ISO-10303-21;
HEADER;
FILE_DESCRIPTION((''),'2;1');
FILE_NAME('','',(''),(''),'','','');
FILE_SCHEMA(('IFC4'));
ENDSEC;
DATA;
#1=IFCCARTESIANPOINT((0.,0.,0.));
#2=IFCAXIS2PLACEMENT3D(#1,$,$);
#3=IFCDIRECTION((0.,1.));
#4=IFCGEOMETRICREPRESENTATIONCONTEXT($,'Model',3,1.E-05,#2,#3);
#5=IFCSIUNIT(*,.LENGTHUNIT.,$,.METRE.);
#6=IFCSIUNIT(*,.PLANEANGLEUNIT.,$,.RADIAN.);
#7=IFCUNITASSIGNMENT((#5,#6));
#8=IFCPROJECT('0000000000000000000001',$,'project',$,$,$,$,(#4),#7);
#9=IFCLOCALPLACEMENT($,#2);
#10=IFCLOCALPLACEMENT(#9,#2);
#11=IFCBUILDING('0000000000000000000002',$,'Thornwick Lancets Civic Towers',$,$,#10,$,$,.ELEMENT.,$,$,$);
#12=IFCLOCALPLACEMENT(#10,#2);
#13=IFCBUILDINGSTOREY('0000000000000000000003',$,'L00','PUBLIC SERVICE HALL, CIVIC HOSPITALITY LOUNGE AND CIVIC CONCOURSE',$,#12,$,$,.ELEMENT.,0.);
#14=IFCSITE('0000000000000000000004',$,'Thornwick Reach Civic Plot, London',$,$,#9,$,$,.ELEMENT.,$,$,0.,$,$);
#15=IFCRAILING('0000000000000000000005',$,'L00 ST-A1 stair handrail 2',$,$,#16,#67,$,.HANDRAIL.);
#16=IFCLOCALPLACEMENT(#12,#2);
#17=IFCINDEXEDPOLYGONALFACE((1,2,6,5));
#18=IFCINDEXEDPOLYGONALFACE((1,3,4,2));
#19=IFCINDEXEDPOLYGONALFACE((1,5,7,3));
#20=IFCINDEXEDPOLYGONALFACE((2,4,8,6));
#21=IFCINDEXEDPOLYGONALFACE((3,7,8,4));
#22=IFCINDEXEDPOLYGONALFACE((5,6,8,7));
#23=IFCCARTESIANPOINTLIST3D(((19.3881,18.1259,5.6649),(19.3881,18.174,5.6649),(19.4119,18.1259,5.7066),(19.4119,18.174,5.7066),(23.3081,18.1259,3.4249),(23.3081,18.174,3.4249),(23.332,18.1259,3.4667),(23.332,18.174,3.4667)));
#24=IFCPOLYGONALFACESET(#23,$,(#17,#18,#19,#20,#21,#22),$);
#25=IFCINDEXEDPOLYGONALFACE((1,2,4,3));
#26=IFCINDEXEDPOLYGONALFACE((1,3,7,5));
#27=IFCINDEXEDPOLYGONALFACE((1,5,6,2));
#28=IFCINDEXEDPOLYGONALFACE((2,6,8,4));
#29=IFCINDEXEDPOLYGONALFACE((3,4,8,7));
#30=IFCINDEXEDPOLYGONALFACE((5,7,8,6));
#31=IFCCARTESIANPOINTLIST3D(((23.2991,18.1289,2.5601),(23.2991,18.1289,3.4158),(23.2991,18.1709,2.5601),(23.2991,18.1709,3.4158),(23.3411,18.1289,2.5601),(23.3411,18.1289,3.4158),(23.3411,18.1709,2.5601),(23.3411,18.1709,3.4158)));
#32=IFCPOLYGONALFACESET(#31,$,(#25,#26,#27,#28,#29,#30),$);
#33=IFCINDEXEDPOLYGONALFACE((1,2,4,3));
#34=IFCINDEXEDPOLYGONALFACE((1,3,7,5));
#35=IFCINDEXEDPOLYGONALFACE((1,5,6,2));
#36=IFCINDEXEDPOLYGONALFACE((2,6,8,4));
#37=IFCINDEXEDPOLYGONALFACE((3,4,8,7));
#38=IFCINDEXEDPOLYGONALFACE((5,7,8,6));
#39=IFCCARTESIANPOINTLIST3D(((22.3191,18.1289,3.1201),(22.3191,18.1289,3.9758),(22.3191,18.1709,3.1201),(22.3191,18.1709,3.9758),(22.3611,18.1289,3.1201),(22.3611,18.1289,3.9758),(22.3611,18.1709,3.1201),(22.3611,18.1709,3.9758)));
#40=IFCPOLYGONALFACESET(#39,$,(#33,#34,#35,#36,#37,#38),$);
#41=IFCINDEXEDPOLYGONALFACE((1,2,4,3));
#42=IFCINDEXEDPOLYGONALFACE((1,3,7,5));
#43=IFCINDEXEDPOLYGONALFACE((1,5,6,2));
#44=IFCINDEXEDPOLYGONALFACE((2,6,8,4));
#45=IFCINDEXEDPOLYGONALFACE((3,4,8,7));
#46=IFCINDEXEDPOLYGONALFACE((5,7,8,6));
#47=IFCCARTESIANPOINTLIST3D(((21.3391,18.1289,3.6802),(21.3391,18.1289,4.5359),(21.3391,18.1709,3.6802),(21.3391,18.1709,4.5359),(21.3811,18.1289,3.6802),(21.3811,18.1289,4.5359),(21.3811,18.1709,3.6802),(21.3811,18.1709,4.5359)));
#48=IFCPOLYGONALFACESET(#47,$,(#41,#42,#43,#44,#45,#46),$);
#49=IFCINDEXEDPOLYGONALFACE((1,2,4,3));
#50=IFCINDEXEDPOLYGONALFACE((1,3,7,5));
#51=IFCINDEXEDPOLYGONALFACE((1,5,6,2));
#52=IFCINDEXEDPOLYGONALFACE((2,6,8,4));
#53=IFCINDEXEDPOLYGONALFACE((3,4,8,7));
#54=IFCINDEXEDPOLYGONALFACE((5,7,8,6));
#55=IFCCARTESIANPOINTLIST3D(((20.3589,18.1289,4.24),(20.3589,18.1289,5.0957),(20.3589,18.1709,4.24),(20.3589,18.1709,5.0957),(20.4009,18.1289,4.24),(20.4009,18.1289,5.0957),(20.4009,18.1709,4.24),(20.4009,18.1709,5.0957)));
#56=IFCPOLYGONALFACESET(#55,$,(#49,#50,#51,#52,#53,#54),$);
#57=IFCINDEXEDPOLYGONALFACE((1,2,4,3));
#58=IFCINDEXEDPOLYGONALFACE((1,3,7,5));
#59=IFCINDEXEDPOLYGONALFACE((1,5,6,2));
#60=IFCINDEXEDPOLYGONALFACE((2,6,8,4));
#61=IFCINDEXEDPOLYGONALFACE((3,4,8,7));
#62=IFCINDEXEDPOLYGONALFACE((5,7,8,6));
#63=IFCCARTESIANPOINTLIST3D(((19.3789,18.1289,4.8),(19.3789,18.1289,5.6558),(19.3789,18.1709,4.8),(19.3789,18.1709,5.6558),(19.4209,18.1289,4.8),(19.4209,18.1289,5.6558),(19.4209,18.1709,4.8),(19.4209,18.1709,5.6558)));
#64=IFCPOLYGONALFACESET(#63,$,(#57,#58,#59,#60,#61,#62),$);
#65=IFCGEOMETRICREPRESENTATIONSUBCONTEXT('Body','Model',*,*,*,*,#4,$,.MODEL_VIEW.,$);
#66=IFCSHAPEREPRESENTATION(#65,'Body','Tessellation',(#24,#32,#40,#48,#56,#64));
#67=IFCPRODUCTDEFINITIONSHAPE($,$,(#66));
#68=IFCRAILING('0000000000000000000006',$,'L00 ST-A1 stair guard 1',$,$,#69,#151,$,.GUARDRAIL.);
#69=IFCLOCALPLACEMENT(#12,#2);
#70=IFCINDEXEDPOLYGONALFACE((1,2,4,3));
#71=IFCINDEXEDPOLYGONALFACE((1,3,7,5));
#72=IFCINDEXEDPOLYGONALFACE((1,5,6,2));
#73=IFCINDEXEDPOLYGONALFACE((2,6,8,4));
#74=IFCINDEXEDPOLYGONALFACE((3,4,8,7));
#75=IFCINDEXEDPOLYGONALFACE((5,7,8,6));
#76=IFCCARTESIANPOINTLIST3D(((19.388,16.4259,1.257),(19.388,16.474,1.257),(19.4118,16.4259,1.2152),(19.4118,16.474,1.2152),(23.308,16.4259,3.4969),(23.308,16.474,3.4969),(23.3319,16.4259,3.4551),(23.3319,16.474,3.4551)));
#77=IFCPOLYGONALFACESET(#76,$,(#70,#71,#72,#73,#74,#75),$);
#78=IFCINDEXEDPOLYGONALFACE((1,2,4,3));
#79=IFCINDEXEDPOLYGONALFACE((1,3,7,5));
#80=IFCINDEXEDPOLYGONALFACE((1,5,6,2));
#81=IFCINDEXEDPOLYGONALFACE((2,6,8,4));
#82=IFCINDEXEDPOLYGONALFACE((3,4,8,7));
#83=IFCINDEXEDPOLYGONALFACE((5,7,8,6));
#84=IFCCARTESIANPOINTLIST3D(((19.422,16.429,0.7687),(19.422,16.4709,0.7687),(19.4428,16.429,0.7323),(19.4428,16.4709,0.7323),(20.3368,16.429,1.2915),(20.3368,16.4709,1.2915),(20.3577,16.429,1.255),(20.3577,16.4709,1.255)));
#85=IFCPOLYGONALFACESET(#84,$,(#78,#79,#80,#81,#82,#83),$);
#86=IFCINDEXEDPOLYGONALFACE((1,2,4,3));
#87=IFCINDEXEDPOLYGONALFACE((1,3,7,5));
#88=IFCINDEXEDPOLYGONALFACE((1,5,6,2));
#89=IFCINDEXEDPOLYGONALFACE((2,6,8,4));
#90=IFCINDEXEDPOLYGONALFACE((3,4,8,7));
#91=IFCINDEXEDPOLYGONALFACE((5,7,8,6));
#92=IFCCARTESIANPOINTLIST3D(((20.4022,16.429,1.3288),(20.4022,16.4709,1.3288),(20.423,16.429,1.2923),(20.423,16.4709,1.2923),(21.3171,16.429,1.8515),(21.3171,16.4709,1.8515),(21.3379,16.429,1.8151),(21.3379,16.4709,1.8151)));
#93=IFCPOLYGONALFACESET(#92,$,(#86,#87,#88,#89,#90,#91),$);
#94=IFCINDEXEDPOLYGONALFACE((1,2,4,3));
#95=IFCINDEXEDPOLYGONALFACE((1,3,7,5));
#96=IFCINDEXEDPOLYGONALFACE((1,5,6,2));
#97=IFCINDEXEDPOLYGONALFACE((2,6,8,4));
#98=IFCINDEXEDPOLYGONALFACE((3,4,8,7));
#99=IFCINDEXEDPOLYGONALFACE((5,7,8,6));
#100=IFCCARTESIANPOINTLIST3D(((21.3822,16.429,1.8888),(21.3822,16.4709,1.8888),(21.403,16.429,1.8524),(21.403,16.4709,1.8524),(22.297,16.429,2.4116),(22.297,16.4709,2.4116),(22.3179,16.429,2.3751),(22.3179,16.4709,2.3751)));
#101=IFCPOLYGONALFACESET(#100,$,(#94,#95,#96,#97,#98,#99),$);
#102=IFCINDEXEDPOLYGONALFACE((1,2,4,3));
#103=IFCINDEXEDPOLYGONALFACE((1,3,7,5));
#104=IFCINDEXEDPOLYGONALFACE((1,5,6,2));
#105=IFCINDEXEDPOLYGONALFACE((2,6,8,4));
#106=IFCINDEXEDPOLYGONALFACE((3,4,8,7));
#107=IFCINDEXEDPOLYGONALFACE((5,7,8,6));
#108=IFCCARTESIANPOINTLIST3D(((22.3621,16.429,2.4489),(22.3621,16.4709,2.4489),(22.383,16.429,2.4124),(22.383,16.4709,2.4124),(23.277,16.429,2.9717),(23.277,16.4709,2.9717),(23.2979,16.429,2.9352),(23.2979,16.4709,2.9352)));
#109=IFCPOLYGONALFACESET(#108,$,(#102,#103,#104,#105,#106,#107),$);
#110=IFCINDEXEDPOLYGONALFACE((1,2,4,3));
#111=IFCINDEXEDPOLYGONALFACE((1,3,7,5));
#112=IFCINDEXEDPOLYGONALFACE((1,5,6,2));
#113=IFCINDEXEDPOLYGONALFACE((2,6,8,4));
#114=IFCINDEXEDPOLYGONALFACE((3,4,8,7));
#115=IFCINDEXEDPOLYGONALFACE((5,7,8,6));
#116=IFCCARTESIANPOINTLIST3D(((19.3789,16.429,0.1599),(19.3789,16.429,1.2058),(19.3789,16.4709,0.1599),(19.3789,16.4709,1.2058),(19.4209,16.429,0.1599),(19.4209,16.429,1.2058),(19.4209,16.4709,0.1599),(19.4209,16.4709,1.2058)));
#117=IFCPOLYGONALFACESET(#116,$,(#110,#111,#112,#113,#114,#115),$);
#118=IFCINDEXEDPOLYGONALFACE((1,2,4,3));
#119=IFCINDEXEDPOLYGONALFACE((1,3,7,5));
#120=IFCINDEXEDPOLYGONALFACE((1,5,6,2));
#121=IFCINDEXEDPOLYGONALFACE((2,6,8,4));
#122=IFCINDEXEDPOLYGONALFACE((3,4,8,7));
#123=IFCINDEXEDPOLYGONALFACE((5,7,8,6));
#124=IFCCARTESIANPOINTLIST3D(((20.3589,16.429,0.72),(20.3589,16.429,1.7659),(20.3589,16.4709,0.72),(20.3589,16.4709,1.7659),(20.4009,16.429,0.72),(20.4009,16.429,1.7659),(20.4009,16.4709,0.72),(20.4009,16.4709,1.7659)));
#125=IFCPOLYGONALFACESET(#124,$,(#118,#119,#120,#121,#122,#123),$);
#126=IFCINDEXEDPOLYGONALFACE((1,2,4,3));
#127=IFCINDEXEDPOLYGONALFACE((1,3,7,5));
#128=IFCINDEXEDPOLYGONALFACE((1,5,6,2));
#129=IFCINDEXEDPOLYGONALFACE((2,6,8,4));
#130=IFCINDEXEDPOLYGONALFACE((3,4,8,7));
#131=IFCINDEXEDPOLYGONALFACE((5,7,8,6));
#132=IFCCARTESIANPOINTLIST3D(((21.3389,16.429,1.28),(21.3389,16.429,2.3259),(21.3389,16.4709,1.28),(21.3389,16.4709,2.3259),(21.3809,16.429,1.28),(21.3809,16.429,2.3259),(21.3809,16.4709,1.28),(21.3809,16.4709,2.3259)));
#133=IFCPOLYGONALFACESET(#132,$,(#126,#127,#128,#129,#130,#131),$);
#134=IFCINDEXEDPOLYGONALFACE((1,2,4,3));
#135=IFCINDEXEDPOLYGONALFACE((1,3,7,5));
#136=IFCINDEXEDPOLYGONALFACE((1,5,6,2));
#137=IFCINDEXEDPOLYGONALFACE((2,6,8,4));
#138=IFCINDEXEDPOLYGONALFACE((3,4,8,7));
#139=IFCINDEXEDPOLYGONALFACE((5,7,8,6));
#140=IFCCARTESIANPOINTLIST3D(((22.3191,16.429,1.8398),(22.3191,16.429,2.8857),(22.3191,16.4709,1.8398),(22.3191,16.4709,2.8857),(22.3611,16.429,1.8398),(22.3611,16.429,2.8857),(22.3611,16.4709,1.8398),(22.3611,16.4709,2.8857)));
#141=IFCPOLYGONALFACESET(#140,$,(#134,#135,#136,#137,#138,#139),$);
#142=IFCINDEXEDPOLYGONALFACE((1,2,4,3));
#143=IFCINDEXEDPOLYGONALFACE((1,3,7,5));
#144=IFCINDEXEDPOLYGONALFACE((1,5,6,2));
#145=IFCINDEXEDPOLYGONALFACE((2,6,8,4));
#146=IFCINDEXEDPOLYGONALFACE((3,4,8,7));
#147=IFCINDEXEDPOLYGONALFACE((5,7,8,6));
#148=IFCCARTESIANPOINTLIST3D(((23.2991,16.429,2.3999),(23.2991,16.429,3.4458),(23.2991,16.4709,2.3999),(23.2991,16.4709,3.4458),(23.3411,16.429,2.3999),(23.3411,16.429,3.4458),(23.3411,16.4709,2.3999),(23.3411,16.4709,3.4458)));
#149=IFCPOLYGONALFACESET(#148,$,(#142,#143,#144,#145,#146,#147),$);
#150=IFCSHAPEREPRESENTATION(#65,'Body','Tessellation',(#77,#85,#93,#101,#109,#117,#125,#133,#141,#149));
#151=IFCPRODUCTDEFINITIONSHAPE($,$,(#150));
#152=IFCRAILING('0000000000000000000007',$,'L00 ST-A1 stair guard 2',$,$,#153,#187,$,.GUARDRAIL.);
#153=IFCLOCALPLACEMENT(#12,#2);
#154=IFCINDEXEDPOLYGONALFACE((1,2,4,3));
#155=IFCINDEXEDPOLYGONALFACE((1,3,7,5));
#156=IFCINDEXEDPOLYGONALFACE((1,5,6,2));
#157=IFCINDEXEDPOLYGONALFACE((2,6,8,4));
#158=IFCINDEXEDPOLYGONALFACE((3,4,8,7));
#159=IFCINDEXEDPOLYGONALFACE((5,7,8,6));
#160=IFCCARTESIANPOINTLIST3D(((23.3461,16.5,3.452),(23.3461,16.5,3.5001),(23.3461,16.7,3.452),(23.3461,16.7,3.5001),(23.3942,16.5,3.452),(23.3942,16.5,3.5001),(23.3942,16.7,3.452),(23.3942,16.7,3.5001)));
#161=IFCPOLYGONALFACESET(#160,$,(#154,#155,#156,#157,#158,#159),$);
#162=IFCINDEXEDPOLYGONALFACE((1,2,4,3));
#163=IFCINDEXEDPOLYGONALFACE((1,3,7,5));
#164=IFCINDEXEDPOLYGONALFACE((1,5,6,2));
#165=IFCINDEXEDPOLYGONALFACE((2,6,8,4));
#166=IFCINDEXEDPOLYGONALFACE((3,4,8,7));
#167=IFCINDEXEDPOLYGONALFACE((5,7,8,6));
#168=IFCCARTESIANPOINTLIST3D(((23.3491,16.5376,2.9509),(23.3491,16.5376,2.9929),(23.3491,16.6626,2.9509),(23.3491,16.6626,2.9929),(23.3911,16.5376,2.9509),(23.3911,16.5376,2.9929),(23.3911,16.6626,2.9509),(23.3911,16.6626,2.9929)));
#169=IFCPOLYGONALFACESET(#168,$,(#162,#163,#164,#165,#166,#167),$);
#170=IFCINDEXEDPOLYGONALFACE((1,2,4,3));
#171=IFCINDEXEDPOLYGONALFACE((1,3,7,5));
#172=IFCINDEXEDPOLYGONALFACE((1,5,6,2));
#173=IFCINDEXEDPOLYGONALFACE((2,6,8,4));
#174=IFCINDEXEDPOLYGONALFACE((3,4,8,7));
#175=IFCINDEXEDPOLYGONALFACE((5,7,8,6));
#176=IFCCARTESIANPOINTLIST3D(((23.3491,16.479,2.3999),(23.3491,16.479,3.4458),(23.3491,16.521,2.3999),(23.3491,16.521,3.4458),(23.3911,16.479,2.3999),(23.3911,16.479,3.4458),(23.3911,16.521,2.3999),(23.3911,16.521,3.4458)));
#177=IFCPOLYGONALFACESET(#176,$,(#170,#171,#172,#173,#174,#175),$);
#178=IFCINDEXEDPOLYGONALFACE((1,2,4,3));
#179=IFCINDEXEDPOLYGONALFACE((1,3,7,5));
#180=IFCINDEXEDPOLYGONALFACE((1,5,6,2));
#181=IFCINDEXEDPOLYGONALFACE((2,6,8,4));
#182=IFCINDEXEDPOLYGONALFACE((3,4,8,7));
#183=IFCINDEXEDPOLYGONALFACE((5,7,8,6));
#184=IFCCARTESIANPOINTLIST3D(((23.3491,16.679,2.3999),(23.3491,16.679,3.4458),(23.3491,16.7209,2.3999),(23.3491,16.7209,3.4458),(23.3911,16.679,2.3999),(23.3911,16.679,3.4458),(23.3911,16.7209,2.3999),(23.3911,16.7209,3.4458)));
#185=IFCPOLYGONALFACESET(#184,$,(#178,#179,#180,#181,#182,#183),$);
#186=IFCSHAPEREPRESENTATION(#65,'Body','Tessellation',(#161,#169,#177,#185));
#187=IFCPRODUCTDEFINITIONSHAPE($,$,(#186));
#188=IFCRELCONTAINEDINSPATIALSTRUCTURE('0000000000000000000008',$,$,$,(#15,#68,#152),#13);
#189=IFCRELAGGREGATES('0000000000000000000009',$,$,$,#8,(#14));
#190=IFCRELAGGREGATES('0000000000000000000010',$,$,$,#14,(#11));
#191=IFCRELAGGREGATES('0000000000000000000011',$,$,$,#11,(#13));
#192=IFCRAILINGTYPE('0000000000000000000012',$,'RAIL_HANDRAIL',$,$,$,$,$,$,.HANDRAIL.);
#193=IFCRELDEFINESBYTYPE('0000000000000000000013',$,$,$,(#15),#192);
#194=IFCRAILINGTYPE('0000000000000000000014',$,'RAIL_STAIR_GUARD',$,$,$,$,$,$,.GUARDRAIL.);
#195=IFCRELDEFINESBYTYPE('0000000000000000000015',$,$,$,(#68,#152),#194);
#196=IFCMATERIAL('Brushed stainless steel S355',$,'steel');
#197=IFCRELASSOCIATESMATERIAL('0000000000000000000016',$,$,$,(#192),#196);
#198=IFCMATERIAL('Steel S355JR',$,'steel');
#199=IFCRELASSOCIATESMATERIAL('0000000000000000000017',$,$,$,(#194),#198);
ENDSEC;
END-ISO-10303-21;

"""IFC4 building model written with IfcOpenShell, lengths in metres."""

from ifc_helpers import new_model, si_unit, direction, frame, origin, origin_2d, place, context, subcontext, project, spatial, rectangle, extrude, material, type_object, element, save


model = new_model("IFC4")

# Units and contexts
model_context = context("Model", 3, precision=1e-05, world=origin(), true_north=direction((0.0, 1.0)))
body_context = subcontext(model_context, "Body", "Model", "MODEL_VIEW")
ifc_project = project(units=[si_unit("LENGTHUNIT", "METRE"), si_unit("PLANEANGLEUNIT", "RADIAN")], contexts=[model_context])

# Site, building, storey
site_placement = place(None, origin())
site = spatial("IfcSite", under=ifc_project, at=site_placement, Name="Thornwick Reach Civic Plot, London", CompositionType="ELEMENT", RefElevation=0.0)
building_placement = place(site_placement, origin())
building = spatial("IfcBuilding", under=site, at=building_placement, Name="Thornwick Lancets Civic Towers", CompositionType="ELEMENT")
storey_placement = place(building_placement, origin())
storey = spatial("IfcBuildingStorey", under=building, at=storey_placement, Name="L00", Description="PUBLIC SERVICE HALL, CIVIC HOSPITALITY LOUNGE AND CIVIC CONCOURSE", CompositionType="ELEMENT", Elevation=0.0)

# Shared definitions
ifc_material_1 = material(Name="Steel S355JR", Category="steel")

# Railings
ifc_material_2 = material(Name="Brushed stainless steel S355", Category="steel")
railing_type_1 = type_object("IfcRailingType", Name="RAIL_HANDRAIL", PredefinedType="HANDRAIL", material=ifc_material_2)
railing_1_placement = place(storey_placement, frame((23.3201, 18.1499, 2.5601)))
element("IfcRailing", 1, at=railing_1_placement, inside=storey, type_object=railing_type_1, Name="L00 ST-A1 stair handrail 2", PredefinedType="HANDRAIL", context=body_context, shape_type="SweptSolid", body=[
    extrude(rectangle(XDim=0.0481, YDim=0.0481, at=origin_2d()), frame((0.0, 0.0, 0.8857), z_axis=(-0.868253, 0.0, 0.496121), x_axis=(0.0, -1.0, 0.0)), (0.0, 0.0, 1.0), 4.5149),
    extrude(rectangle(XDim=0.042, YDim=0.042, at=origin_2d()), origin(), (0.0, 0.0, 1.0), 0.8557),
    extrude(rectangle(XDim=0.042, YDim=0.042, at=origin_2d()), frame((-0.98, 0.0, 0.5601)), (0.0, 0.0, 1.0), 0.8557),
    extrude(rectangle(XDim=0.042, YDim=0.042, at=origin_2d()), frame((-1.96, 0.0, 1.1201)), (0.0, 0.0, 1.0), 0.8557),
    extrude(rectangle(XDim=0.042, YDim=0.042, at=origin_2d()), frame((-2.9402, 0.0, 1.6799)), (0.0, 0.0, 1.0), 0.8557),
    extrude(rectangle(XDim=0.042, YDim=0.042, at=origin_2d()), frame((-3.9202, 0.0, 2.24)), (0.0, 0.0, 1.0), 0.8557),
])
railing_type_2 = type_object("IfcRailingType", Name="RAIL_STAIR_GUARD", PredefinedType="GUARDRAIL", material=ifc_material_1)
railing_2_placement = place(storey_placement, frame((19.3999, 16.45, 0.1599)))
element("IfcRailing", 2, at=railing_2_placement, inside=storey, type_object=railing_type_2, Name="L00 ST-A1 stair guard 1", PredefinedType="GUARDRAIL", context=body_context, shape_type="SweptSolid", body=[
    extrude(rectangle(XDim=0.0481, YDim=0.0481, at=origin_2d()), frame((0.0, 0.0, 1.0762), z_axis=(0.868253, 0.0, 0.496121), x_axis=(0.0, 1.0, 0.0)), (0.0, 0.0, 1.0), 4.5149),
    extrude(rectangle(XDim=0.042, YDim=0.042, at=origin_2d()), frame((0.0325, 0.0, 0.5906), z_axis=(0.868253, 0.0, 0.496121), x_axis=(0.0, 1.0, 0.0)), (0.0, 0.0, 1.0), 1.0537),
    extrude(rectangle(XDim=0.042, YDim=0.042, at=origin_2d()), frame((1.0127, 0.0, 1.1506), z_axis=(0.868253, 0.0, 0.496121), x_axis=(0.0, 1.0, 0.0)), (0.0, 0.0, 1.0), 1.0537),
    extrude(rectangle(XDim=0.042, YDim=0.042, at=origin_2d()), frame((1.9927, 0.0, 1.7107), z_axis=(0.868253, 0.0, 0.496121), x_axis=(0.0, 1.0, 0.0)), (0.0, 0.0, 1.0), 1.0537),
    extrude(rectangle(XDim=0.042, YDim=0.042, at=origin_2d()), frame((2.9727, 0.0, 2.2708), z_axis=(0.868253, 0.0, 0.496121), x_axis=(0.0, 1.0, 0.0)), (0.0, 0.0, 1.0), 1.0537),
    extrude(rectangle(XDim=0.042, YDim=0.042, at=origin_2d()), origin(), (0.0, 0.0, 1.0), 1.0459),
    extrude(rectangle(XDim=0.042, YDim=0.042, at=origin_2d()), frame((0.98, 0.0, 0.5601)), (0.0, 0.0, 1.0), 1.0459),
    extrude(rectangle(XDim=0.042, YDim=0.042, at=origin_2d()), frame((1.96, 0.0, 1.1201)), (0.0, 0.0, 1.0), 1.0459),
    extrude(rectangle(XDim=0.042, YDim=0.042, at=origin_2d()), frame((2.9402, 0.0, 1.6799)), (0.0, 0.0, 1.0), 1.0459),
    extrude(rectangle(XDim=0.042, YDim=0.042, at=origin_2d()), frame((3.9202, 0.0, 2.24)), (0.0, 0.0, 1.0), 1.0459),
])
railing_3_placement = place(storey_placement, frame((23.3701, 16.5, 2.3999)))
element("IfcRailing", 3, at=railing_3_placement, inside=storey, type_object=railing_type_2, Name="L00 ST-A1 stair guard 2", PredefinedType="GUARDRAIL", context=body_context, shape_type="SweptSolid", body=[
    extrude(rectangle(XDim=0.0481, YDim=0.0481, at=origin_2d()), frame((0.0, 0.0, 1.0762), z_axis=(0.0, 1.0, 0.0), x_axis=(-1.0, 0.0, 0.0)), (0.0, 0.0, 1.0), 0.2),
    extrude(rectangle(XDim=0.042, YDim=0.042, at=origin_2d()), frame((0.0, 0.0376, 0.572), z_axis=(0.0, 1.0, 0.0), x_axis=(-1.0, 0.0, 0.0)), (0.0, 0.0, 1.0), 0.125),
    extrude(rectangle(XDim=0.042, YDim=0.042, at=origin_2d()), origin(), (0.0, 0.0, 1.0), 1.0459),
    extrude(rectangle(XDim=0.042, YDim=0.042, at=origin_2d()), frame((0.0, 0.2, 0.0)), (0.0, 0.0, 1.0), 1.0459),
])

save(model, "model.ifc")
